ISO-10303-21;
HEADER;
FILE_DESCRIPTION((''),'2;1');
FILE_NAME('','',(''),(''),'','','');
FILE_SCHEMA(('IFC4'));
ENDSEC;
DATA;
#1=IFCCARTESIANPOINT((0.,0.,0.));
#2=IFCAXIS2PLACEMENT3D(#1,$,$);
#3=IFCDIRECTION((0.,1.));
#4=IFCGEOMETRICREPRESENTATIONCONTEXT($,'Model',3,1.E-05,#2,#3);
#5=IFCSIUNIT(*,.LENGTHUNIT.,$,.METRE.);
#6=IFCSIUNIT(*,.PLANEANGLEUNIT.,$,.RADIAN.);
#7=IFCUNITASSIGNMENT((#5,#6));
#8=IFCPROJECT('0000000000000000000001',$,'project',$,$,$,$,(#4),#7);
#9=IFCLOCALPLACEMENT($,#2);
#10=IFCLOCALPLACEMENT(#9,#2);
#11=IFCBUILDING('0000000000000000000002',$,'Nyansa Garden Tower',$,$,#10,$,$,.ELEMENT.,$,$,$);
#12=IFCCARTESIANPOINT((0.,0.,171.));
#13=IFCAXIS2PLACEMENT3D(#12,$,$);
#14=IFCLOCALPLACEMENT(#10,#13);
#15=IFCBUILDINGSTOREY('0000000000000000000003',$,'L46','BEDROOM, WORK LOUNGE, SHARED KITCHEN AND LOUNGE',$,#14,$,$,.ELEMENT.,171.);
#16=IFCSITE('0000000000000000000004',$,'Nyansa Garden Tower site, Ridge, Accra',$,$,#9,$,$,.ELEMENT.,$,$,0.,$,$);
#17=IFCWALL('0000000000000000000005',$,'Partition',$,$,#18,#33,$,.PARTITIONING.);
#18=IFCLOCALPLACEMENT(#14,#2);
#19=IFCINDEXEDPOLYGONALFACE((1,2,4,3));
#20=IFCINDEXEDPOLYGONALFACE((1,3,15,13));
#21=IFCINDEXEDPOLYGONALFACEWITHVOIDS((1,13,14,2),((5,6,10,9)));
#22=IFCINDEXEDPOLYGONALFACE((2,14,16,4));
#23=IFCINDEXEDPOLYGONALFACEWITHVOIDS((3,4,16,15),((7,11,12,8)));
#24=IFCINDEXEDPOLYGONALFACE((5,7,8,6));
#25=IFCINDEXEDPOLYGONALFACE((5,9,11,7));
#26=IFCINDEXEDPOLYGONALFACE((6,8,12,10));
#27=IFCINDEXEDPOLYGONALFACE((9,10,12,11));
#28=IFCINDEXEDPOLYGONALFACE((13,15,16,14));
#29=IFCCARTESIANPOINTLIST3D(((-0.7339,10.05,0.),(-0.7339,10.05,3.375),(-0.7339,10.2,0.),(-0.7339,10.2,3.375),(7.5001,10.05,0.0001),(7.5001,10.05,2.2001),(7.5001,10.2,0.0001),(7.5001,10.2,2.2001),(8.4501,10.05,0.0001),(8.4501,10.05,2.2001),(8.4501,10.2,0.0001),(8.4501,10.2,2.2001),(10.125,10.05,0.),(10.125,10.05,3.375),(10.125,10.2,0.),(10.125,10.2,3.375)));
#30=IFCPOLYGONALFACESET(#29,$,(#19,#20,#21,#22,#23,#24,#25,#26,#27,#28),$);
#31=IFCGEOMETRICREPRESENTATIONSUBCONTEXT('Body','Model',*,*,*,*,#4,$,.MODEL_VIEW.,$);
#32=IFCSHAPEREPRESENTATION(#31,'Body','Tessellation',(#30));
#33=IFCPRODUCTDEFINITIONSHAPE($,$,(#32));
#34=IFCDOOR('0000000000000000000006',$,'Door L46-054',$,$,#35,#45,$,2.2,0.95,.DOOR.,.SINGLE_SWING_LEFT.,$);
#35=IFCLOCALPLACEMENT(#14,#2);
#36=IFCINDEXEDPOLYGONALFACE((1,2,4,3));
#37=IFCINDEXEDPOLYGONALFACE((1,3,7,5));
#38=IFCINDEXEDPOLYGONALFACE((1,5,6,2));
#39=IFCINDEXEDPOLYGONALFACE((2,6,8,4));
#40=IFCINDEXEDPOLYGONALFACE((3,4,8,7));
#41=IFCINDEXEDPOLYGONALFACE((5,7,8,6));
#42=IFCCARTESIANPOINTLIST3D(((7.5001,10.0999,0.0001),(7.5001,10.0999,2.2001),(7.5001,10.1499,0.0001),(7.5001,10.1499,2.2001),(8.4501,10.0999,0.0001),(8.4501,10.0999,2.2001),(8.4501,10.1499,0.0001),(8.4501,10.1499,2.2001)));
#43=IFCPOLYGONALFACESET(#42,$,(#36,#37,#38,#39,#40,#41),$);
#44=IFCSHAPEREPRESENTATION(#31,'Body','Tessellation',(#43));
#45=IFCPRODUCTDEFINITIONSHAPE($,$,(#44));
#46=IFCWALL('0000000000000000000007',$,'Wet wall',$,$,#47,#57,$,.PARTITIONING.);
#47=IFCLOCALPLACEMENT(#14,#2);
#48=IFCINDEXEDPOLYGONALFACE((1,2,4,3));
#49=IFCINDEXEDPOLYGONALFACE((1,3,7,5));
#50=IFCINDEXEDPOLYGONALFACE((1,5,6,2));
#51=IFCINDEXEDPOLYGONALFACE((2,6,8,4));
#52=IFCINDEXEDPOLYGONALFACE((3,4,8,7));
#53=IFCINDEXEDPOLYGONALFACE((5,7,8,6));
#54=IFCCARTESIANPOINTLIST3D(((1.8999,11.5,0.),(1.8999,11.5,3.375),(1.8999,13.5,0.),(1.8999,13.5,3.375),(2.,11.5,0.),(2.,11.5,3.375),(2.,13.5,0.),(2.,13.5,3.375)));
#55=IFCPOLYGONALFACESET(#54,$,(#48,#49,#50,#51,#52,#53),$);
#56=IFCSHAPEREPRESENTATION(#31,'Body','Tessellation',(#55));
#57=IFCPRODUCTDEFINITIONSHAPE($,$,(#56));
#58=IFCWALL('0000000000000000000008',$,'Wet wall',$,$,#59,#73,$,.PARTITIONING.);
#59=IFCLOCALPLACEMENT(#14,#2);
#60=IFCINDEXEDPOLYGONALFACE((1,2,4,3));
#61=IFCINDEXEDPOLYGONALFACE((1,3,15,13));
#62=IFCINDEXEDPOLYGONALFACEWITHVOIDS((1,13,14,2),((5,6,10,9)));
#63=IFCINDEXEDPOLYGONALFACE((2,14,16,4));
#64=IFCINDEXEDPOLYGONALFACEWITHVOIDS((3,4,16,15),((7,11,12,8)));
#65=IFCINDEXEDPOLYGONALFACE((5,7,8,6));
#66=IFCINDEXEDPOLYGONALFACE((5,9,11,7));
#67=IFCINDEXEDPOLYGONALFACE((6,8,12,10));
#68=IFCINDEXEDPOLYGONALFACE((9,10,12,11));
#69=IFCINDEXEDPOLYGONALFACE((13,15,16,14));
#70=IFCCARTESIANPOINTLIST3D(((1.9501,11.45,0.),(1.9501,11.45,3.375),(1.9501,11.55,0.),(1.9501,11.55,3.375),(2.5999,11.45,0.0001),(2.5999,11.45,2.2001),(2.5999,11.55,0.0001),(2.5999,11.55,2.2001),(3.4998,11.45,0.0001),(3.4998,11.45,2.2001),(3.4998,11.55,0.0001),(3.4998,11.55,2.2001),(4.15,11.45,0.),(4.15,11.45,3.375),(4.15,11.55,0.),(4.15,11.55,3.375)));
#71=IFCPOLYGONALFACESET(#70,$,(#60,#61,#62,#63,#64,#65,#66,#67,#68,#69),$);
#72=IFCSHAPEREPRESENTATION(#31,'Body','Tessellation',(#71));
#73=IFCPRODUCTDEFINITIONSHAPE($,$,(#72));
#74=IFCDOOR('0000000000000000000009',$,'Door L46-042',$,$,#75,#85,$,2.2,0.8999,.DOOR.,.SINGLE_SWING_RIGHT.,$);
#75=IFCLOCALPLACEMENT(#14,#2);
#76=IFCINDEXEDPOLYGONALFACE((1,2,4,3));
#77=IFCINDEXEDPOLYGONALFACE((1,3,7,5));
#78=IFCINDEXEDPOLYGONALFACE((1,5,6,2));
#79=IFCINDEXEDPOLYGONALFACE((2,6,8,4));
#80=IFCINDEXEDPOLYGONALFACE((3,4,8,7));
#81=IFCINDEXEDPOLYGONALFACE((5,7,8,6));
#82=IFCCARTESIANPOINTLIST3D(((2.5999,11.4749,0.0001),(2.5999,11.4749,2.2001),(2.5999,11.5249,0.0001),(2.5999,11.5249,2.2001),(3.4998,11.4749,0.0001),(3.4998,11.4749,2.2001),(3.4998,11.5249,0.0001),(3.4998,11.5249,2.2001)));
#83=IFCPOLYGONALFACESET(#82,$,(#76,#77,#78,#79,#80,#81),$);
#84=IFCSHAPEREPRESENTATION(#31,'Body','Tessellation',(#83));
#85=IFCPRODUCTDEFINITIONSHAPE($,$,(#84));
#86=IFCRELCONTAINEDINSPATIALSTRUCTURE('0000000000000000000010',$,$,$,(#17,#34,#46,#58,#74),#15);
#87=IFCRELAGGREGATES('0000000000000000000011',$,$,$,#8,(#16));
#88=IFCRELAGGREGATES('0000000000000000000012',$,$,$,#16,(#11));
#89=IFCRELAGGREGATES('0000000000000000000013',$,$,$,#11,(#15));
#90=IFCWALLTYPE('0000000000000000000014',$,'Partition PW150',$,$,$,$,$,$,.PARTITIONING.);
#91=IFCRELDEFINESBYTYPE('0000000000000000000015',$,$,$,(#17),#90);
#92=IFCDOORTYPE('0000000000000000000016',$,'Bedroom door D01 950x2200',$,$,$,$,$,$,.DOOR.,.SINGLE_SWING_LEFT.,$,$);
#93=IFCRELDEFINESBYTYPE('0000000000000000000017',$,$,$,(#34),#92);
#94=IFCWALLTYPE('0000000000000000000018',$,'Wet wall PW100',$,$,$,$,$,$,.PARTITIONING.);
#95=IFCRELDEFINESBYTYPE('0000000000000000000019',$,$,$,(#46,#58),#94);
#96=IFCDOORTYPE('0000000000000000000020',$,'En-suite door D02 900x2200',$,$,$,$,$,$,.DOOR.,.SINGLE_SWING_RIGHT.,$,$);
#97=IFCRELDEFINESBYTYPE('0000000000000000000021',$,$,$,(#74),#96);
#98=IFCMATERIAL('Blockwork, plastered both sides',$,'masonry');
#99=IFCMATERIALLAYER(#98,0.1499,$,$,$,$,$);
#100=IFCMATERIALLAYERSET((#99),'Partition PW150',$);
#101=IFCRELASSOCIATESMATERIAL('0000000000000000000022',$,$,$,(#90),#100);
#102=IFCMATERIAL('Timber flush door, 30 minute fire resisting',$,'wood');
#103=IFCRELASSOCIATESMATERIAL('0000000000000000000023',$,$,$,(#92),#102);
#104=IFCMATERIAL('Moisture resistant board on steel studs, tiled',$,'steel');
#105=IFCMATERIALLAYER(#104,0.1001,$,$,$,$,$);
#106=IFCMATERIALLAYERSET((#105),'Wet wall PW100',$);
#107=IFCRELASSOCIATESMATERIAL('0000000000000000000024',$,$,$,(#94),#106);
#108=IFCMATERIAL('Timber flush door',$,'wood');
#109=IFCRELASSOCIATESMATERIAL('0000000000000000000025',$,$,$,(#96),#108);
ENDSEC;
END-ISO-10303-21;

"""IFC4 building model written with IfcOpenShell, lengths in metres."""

from ifc_helpers import new_model, si_unit, direction, frame, frame_2d, origin, place, context, subcontext, project, spatial, rectangle, extrude, material, layer, layer_set, type_object, element, fill, save


model = new_model("IFC4")

# Units and contexts
model_context = context("Model", 3, precision=1e-05, world=origin(), true_north=direction((0.0, 1.0)))
body_context = subcontext(model_context, "Body", "Model", "MODEL_VIEW")
ifc_project = project(units=[si_unit("LENGTHUNIT", "METRE"), si_unit("PLANEANGLEUNIT", "RADIAN")], contexts=[model_context])

# Site, building, storey
site_placement = place(None, origin())
site = spatial("IfcSite", under=ifc_project, at=site_placement, Name="Nyansa Garden Tower site, Ridge, Accra", CompositionType="ELEMENT", RefElevation=0.0)
building_placement = place(site_placement, origin())
building = spatial("IfcBuilding", under=site, at=building_placement, Name="Nyansa Garden Tower", CompositionType="ELEMENT")
storey_placement = place(building_placement, frame((0.0, 0.0, 171.0)))
storey = spatial("IfcBuildingStorey", under=building, at=storey_placement, Name="L46", Description="BEDROOM, WORK LOUNGE, SHARED KITCHEN AND LOUNGE", CompositionType="ELEMENT", Elevation=171.0)

# Wall, opening, door
ifc_material_1 = material(Name="Blockwork, plastered both sides", Category="masonry")
ifc_layer_1 = layer(ifc_material_1, 0.1499)
ifc_layer_set_1 = layer_set([ifc_layer_1], Name="Partition PW150")
wall_type_1 = type_object("IfcWallType", Name="Partition PW150", PredefinedType="PARTITIONING", material=ifc_layer_set_1)
wall_1_placement = place(storey_placement, frame((-0.7339, 10.125, 0.0), z_axis=(0.0, 0.0, 1.0), x_axis=(1.0, 0.0, 0.0)))
wall_1 = element("IfcWall", 1, at=wall_1_placement, inside=storey, type_object=wall_type_1, Name="Partition", PredefinedType="PARTITIONING", context=body_context, shape_type="SweptSolid", body=[
    extrude(rectangle(XDim=10.8589, YDim=0.1499, at=frame_2d((5.4294, 0.0))), origin(), (0.0, 0.0, 1.0), 3.375),
])
opening_1_placement = place(wall_1_placement, frame((8.2339, 0.0, 0.0)))
opening_1 = element("IfcOpeningElement", 2, at=opening_1_placement, cuts=wall_1, PredefinedType="OPENING", context=body_context, shape_type="SweptSolid", body=[
    extrude(rectangle(XDim=0.95, YDim=2.2, at=frame_2d((0.4751, 1.1001))), frame((0.0, 0.085, 0.0), z_axis=(0.0, -1.0, 0.0), x_axis=(1.0, 0.0, 0.0)), (0.0, 0.0, 1.0), 0.1699),
])
ifc_material_2 = material(Name="Timber flush door, 30 minute fire resisting", Category="wood")
door_type_1 = type_object("IfcDoorType", Name="Bedroom door D01 950x2200", OperationType="SINGLE_SWING_LEFT", PredefinedType="DOOR", material=ifc_material_2)
door_1_placement = place(opening_1_placement, origin())
door_1 = element("IfcDoor", 3, at=door_1_placement, inside=storey, type_object=door_type_1, Name="Door L46-054", OperationType="SINGLE_SWING_LEFT", OverallHeight=2.2, OverallWidth=0.95, PredefinedType="DOOR", context=body_context, shape_type="SweptSolid", body=[
    extrude(rectangle(XDim=0.95, YDim=2.2, at=frame_2d((0.4751, 1.1001))), frame((0.0, 0.0249, 0.0), z_axis=(0.0, -1.0, 0.0), x_axis=(1.0, 0.0, 0.0)), (0.0, 0.0, 1.0), 0.05),
])
fill(opening_1, door_1)

# Wall
ifc_material_3 = material(Name="Moisture resistant board on steel studs, tiled", Category="steel")
ifc_layer_2 = layer(ifc_material_3, 0.1001)
ifc_layer_set_2 = layer_set([ifc_layer_2], Name="Wet wall PW100")
wall_type_2 = type_object("IfcWallType", Name="Wet wall PW100", PredefinedType="PARTITIONING", material=ifc_layer_set_2)
wall_2_placement = place(storey_placement, frame((1.95, 11.5, 0.0), z_axis=(0.0, 0.0, 1.0), x_axis=(0.0, 1.0, 0.0)))
element("IfcWall", 4, at=wall_2_placement, inside=storey, type_object=wall_type_2, Name="Wet wall", PredefinedType="PARTITIONING", context=body_context, shape_type="SweptSolid", body=[
    extrude(rectangle(XDim=2.0, YDim=0.1001, at=frame_2d((1.0, 0.0))), origin(), (0.0, 0.0, 1.0), 3.375),
])

# Wall, opening, door
wall_3_placement = place(storey_placement, frame((1.95, 11.5, 0.0), z_axis=(0.0, 0.0, 1.0), x_axis=(1.0, 0.0, 0.0)))
wall_3 = element("IfcWall", 5, at=wall_3_placement, inside=storey, type_object=wall_type_2, Name="Wet wall", PredefinedType="PARTITIONING", context=body_context, shape_type="SweptSolid", body=[
    extrude(rectangle(XDim=2.2, YDim=0.1001, at=frame_2d((1.1001, 0.0))), origin(), (0.0, 0.0, 1.0), 3.375),
])
opening_2_placement = place(wall_3_placement, frame((0.6499, 0.0, 0.0)))
opening_2 = element("IfcOpeningElement", 6, at=opening_2_placement, cuts=wall_3, PredefinedType="OPENING", context=body_context, shape_type="SweptSolid", body=[
    extrude(rectangle(XDim=0.8999, YDim=2.2, at=frame_2d((0.45, 1.1001))), frame((0.0, 0.0601, 0.0), z_axis=(0.0, -1.0, 0.0), x_axis=(1.0, 0.0, 0.0)), (0.0, 0.0, 1.0), 0.1201),
])
ifc_material_4 = material(Name="Timber flush door", Category="wood")
door_type_2 = type_object("IfcDoorType", Name="En-suite door D02 900x2200", OperationType="SINGLE_SWING_RIGHT", PredefinedType="DOOR", material=ifc_material_4)
door_2_placement = place(opening_2_placement, origin())
door_2 = element("IfcDoor", 7, at=door_2_placement, inside=storey, type_object=door_type_2, Name="Door L46-042", OperationType="SINGLE_SWING_RIGHT", OverallHeight=2.2, OverallWidth=0.8999, PredefinedType="DOOR", context=body_context, shape_type="SweptSolid", body=[
    extrude(rectangle(XDim=0.8999, YDim=2.2, at=frame_2d((0.45, 1.1001))), frame((0.0, 0.0249, 0.0), z_axis=(0.0, -1.0, 0.0), x_axis=(1.0, 0.0, 0.0)), (0.0, 0.0, 1.0), 0.05),
])
fill(opening_2, door_2)

save(model, "model.ifc")
